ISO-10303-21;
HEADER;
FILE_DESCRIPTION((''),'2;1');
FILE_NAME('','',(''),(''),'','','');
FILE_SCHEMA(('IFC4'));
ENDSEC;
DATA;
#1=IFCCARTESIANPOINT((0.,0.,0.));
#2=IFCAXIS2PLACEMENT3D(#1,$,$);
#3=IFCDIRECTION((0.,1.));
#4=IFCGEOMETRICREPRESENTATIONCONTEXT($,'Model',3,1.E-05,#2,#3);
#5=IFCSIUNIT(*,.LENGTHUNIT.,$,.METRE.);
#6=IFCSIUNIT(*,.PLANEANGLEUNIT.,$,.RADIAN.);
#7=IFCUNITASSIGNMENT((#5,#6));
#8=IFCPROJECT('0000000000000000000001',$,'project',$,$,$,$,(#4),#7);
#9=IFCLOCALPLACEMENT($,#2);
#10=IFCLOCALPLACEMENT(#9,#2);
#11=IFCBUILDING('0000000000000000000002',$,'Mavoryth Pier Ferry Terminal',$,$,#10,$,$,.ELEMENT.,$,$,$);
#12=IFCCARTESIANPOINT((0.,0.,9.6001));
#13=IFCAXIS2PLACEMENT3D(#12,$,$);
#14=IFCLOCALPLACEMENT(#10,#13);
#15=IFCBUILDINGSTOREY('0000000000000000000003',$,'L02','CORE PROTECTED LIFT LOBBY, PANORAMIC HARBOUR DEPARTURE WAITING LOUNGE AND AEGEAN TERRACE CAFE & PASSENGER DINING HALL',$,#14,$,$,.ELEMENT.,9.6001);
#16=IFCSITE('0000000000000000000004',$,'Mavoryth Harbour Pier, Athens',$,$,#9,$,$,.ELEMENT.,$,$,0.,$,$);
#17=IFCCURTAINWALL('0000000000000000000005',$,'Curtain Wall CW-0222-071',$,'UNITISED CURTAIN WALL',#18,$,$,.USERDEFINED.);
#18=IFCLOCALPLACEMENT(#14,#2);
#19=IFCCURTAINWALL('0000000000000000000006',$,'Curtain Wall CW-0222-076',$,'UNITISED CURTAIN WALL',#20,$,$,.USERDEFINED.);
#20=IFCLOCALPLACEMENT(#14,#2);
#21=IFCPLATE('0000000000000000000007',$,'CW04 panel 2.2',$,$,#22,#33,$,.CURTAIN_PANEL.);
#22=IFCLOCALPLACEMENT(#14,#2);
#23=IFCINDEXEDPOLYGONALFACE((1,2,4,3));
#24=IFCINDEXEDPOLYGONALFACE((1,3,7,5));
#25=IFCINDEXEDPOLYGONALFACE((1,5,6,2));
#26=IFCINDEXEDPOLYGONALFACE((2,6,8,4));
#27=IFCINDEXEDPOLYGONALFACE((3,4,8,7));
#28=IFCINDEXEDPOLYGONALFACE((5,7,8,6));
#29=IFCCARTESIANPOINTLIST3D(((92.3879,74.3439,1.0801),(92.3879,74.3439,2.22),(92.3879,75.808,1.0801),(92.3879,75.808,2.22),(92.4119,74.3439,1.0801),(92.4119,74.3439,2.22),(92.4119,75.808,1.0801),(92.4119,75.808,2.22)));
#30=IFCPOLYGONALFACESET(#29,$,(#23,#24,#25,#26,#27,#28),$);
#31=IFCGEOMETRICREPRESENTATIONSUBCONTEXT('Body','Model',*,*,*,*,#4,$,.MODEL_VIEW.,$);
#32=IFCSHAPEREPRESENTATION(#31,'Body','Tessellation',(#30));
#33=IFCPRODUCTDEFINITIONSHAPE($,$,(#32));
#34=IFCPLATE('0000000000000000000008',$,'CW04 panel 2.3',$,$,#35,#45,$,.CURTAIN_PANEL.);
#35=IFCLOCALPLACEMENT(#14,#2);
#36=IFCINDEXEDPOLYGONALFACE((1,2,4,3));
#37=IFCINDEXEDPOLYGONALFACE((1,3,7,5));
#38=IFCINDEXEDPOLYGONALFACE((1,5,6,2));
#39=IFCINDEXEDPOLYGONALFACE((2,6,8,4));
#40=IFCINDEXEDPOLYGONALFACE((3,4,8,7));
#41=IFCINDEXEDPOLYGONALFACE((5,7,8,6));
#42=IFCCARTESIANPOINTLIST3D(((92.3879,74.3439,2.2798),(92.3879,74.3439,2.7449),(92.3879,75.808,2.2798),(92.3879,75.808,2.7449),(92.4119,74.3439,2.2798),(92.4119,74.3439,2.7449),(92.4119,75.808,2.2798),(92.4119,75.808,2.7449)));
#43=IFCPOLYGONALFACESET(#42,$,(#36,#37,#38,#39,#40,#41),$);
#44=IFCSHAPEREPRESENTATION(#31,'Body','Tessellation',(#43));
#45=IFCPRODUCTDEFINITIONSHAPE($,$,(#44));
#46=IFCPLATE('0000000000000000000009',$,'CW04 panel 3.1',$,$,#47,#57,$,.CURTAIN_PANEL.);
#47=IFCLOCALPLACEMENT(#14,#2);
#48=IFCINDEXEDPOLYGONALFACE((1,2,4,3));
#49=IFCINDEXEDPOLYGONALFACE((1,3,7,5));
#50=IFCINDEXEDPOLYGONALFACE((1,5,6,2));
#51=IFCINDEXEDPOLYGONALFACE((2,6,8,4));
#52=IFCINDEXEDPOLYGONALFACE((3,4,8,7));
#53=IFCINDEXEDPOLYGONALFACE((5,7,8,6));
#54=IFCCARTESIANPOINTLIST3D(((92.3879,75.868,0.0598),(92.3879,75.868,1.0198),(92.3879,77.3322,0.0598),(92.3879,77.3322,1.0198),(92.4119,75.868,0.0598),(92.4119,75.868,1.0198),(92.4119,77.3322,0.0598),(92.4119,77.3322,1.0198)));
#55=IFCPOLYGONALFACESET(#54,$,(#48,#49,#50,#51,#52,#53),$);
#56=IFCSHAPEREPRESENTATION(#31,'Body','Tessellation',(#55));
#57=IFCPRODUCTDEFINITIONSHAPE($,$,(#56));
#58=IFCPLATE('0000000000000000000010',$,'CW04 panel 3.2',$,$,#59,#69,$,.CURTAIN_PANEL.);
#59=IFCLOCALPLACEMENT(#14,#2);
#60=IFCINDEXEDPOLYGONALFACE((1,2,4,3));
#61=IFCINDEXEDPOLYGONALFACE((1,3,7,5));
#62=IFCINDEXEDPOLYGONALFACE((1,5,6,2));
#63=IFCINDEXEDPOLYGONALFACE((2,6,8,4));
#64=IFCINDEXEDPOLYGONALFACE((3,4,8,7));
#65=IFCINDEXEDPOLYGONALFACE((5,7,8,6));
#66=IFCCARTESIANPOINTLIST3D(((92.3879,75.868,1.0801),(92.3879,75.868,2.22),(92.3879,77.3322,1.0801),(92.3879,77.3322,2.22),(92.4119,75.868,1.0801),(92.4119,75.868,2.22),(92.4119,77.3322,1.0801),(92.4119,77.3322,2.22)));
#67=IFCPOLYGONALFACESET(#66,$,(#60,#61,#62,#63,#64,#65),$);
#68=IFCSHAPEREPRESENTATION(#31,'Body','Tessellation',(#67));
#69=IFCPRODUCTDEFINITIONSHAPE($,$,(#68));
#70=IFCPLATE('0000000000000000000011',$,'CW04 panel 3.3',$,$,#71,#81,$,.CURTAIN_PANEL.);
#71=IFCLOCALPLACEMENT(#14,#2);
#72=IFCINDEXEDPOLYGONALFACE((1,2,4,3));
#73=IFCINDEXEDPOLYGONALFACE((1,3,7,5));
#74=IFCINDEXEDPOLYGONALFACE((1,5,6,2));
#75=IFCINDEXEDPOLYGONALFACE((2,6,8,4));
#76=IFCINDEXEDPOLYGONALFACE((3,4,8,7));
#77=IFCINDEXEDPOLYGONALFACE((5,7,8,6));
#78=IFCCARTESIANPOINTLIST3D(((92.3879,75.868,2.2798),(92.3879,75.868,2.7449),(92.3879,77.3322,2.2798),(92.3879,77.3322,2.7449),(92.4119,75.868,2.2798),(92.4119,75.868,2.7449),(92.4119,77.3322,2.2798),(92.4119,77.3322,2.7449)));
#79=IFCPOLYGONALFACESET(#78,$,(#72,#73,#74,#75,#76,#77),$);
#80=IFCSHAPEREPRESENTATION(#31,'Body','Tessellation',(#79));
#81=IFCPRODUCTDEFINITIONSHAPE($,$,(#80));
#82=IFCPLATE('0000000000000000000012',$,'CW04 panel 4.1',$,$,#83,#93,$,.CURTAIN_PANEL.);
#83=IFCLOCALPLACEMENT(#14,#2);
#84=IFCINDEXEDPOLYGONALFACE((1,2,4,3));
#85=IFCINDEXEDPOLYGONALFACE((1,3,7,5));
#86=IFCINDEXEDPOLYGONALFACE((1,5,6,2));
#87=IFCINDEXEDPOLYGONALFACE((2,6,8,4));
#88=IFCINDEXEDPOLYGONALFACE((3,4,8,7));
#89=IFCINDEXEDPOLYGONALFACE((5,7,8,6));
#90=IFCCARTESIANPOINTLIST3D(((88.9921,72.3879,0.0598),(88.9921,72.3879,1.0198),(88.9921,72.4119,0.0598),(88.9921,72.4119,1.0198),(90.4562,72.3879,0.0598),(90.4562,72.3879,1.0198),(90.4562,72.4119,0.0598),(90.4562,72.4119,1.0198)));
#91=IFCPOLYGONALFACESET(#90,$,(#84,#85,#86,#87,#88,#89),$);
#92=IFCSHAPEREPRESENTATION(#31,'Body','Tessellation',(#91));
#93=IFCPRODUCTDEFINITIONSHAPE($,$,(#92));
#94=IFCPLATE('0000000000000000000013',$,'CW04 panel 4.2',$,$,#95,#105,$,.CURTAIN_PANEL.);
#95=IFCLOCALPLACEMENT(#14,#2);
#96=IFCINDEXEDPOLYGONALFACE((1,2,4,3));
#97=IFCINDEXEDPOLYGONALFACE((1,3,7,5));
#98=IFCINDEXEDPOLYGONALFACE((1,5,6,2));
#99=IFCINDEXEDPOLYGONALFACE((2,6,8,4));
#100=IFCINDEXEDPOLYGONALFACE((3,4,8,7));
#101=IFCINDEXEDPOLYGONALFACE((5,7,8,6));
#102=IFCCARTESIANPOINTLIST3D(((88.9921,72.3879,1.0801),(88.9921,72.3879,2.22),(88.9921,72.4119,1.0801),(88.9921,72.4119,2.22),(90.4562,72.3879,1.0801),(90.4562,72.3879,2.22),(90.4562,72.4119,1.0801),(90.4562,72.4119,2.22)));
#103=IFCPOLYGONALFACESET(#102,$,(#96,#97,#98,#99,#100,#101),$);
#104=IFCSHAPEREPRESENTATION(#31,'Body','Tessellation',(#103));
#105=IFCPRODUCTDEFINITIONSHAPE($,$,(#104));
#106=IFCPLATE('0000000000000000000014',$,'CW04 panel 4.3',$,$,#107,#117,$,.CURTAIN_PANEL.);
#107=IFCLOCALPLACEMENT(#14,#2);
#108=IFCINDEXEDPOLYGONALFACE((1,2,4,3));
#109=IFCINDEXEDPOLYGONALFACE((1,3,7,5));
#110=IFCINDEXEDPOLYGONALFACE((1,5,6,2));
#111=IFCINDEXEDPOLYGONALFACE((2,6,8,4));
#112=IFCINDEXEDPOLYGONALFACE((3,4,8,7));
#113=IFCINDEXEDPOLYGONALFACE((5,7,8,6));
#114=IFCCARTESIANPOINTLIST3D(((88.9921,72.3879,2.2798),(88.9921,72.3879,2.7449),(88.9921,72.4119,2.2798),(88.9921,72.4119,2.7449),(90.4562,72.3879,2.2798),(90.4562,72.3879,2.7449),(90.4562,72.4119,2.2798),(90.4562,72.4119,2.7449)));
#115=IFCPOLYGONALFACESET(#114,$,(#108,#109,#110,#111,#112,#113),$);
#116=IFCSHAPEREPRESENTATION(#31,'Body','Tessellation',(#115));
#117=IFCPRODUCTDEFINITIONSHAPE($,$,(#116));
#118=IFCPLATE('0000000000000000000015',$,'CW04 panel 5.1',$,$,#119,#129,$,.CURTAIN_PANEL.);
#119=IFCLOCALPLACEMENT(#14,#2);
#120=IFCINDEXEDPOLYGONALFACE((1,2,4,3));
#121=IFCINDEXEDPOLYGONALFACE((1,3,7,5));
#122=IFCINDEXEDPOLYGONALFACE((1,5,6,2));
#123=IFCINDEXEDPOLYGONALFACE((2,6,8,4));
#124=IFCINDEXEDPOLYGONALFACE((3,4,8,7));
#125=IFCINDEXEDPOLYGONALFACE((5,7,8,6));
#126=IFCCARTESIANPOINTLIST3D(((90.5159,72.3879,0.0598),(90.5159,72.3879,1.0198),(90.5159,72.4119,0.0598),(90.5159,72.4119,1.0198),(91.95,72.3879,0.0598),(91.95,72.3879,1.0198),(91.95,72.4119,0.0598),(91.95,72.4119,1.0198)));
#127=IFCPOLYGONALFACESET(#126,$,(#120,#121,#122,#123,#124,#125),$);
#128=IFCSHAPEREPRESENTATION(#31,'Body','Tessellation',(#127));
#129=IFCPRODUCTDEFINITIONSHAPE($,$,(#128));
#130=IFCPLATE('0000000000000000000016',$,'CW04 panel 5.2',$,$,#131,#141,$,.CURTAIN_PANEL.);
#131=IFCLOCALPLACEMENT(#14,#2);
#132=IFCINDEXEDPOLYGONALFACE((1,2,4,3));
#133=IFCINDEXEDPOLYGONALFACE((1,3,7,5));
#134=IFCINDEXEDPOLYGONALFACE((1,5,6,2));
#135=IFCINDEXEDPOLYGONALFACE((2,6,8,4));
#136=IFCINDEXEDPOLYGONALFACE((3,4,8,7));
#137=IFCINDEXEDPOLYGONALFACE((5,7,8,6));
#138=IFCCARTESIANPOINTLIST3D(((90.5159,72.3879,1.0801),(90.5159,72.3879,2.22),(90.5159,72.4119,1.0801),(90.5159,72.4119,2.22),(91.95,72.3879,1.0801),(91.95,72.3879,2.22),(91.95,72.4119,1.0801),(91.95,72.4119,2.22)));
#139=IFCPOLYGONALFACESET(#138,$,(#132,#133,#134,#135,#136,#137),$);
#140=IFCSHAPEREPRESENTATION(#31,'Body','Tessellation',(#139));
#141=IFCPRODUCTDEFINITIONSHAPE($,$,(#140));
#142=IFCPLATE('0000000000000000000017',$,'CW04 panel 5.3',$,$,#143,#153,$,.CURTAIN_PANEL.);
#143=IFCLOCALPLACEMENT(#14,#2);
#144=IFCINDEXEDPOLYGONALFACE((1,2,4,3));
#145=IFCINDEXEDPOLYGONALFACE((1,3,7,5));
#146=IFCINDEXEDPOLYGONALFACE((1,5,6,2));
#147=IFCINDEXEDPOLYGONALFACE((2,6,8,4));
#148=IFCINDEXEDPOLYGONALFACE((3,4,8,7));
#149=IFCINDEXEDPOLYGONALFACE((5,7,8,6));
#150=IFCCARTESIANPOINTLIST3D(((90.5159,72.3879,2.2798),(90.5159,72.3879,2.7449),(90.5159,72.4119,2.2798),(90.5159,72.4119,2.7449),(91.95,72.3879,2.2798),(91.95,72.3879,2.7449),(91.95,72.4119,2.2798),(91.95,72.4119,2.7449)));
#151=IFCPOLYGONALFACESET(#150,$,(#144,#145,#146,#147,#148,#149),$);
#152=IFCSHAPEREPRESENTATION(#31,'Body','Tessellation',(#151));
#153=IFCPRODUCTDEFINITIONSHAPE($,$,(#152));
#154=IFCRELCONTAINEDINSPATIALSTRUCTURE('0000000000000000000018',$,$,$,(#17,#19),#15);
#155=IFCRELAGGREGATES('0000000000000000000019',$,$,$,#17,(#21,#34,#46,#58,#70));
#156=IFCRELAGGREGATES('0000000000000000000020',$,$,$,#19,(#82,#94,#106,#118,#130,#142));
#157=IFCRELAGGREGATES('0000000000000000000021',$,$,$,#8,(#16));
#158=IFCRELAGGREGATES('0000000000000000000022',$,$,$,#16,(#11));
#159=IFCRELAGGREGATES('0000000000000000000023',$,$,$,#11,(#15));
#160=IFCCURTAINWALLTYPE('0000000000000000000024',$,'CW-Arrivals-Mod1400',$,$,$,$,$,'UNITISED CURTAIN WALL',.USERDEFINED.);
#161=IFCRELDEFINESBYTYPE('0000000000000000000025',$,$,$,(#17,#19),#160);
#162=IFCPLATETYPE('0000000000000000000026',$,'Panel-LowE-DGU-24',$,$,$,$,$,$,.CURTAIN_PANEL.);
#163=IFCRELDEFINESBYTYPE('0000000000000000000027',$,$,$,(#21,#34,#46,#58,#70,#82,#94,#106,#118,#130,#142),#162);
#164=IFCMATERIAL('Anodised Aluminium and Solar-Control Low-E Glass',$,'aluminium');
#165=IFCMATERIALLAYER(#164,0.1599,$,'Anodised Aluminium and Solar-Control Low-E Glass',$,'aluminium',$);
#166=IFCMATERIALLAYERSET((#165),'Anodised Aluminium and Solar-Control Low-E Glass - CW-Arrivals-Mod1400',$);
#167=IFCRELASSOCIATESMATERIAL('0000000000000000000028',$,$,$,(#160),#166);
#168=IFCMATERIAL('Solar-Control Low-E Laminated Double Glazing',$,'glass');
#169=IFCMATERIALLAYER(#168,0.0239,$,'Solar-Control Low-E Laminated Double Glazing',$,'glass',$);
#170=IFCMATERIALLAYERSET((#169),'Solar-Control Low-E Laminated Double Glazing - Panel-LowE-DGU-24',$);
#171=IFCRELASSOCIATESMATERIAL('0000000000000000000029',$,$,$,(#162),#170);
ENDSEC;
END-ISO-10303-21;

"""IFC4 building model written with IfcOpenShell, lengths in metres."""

from ifc_helpers import new_model, si_unit, direction, frame, origin, origin_2d, place, context, subcontext, project, spatial, rectangle, extrude, material, layer, layer_set, type_object, element, aggregate, save


model = new_model("IFC4")

# Units and contexts
model_context = context("Model", 3, precision=1e-05, world=origin(), true_north=direction((0.0, 1.0)))
body_context = subcontext(model_context, "Body", "Model", "MODEL_VIEW")
ifc_project = project(units=[si_unit("LENGTHUNIT", "METRE"), si_unit("PLANEANGLEUNIT", "RADIAN")], contexts=[model_context])

# Site, building, storey
site_placement = place(None, origin())
site = spatial("IfcSite", under=ifc_project, at=site_placement, Name="Mavoryth Harbour Pier, Athens", CompositionType="ELEMENT", RefElevation=0.0)
building_placement = place(site_placement, origin())
building = spatial("IfcBuilding", under=site, at=building_placement, Name="Mavoryth Pier Ferry Terminal", CompositionType="ELEMENT")
storey_placement = place(building_placement, frame((0.0, 0.0, 9.6001)))
storey = spatial("IfcBuildingStorey", under=building, at=storey_placement, Name="L02", Description="CORE PROTECTED LIFT LOBBY, PANORAMIC HARBOUR DEPARTURE WAITING LOUNGE AND AEGEAN TERRACE CAFE & PASSENGER DINING HALL", CompositionType="ELEMENT", Elevation=9.6001)

# Curtain walls
ifc_material_1 = material(Name="Anodised Aluminium and Solar-Control Low-E Glass", Category="aluminium")
ifc_layer_1 = layer(ifc_material_1, 0.1599, Name="Anodised Aluminium and Solar-Control Low-E Glass", Category="aluminium")
ifc_layer_set_1 = layer_set([ifc_layer_1], Name="Anodised Aluminium and Solar-Control Low-E Glass - CW-Arrivals-Mod1400")
curtain_wall_type = type_object("IfcCurtainWallType", Name="CW-Arrivals-Mod1400", ElementType="UNITISED CURTAIN WALL", PredefinedType="USERDEFINED", material=ifc_layer_set_1)
curtain_wall_1_placement = place(storey_placement, origin())
curtain_wall_1 = element("IfcCurtainWall", 1, at=curtain_wall_1_placement, inside=storey, type_object=curtain_wall_type, Name="Curtain Wall CW-0222-071", ObjectType="UNITISED CURTAIN WALL", PredefinedType="USERDEFINED")
curtain_wall_2_placement = place(storey_placement, origin())
curtain_wall_2 = element("IfcCurtainWall", 2, at=curtain_wall_2_placement, inside=storey, type_object=curtain_wall_type, Name="Curtain Wall CW-0222-076", ObjectType="UNITISED CURTAIN WALL", PredefinedType="USERDEFINED")

# Plates
ifc_material_2 = material(Name="Solar-Control Low-E Laminated Double Glazing", Category="glass")
ifc_layer_2 = layer(ifc_material_2, 0.0239, Name="Solar-Control Low-E Laminated Double Glazing", Category="glass")
ifc_layer_set_2 = layer_set([ifc_layer_2], Name="Solar-Control Low-E Laminated Double Glazing - Panel-LowE-DGU-24")
plate_type = type_object("IfcPlateType", Name="Panel-LowE-DGU-24", PredefinedType="CURTAIN_PANEL", material=ifc_layer_set_2)
plate_1_placement = place(storey_placement, frame((92.3999, 75.0759, 1.0801), z_axis=(0.0, 0.0, 1.0), x_axis=(0.0, 1.0, 0.0)))
plate_1 = element("IfcPlate", 3, at=plate_1_placement, type_object=plate_type, Name="CW04 panel 2.2", PredefinedType="CURTAIN_PANEL", context=body_context, shape_type="SweptSolid", body=[
    extrude(rectangle(XDim=1.4641, YDim=0.0239, at=origin_2d()), origin(), (0.0, 0.0, 1.0), 1.1399),
])
plate_2_placement = place(storey_placement, frame((92.3999, 75.0759, 2.2798), z_axis=(0.0, 0.0, 1.0), x_axis=(0.0, 1.0, 0.0)))
plate_2 = element("IfcPlate", 4, at=plate_2_placement, type_object=plate_type, Name="CW04 panel 2.3", PredefinedType="CURTAIN_PANEL", context=body_context, shape_type="SweptSolid", body=[
    extrude(rectangle(XDim=1.4641, YDim=0.0239, at=origin_2d()), origin(), (0.0, 0.0, 1.0), 0.4651),
])
plate_3_placement = place(storey_placement, frame((92.3999, 76.6001, 0.0598), z_axis=(0.0, 0.0, 1.0), x_axis=(0.0, 1.0, 0.0)))
plate_3 = element("IfcPlate", 5, at=plate_3_placement, type_object=plate_type, Name="CW04 panel 3.1", PredefinedType="CURTAIN_PANEL", context=body_context, shape_type="SweptSolid", body=[
    extrude(rectangle(XDim=1.4641, YDim=0.0239, at=origin_2d()), origin(), (0.0, 0.0, 1.0), 0.96),
])
plate_4_placement = place(storey_placement, frame((92.3999, 76.6001, 1.0801), z_axis=(0.0, 0.0, 1.0), x_axis=(0.0, 1.0, 0.0)))
plate_4 = element("IfcPlate", 6, at=plate_4_placement, type_object=plate_type, Name="CW04 panel 3.2", PredefinedType="CURTAIN_PANEL", context=body_context, shape_type="SweptSolid", body=[
    extrude(rectangle(XDim=1.4641, YDim=0.0239, at=origin_2d()), origin(), (0.0, 0.0, 1.0), 1.1399),
])
plate_5_placement = place(storey_placement, frame((92.3999, 76.6001, 2.2798), z_axis=(0.0, 0.0, 1.0), x_axis=(0.0, 1.0, 0.0)))
plate_5 = element("IfcPlate", 7, at=plate_5_placement, type_object=plate_type, Name="CW04 panel 3.3", PredefinedType="CURTAIN_PANEL", context=body_context, shape_type="SweptSolid", body=[
    extrude(rectangle(XDim=1.4641, YDim=0.0239, at=origin_2d()), origin(), (0.0, 0.0, 1.0), 0.4651),
])
aggregate(curtain_wall_1, [plate_1, plate_2, plate_3, plate_4, plate_5])
plate_6_placement = place(storey_placement, frame((89.7241, 72.3999, 0.0598), z_axis=(0.0, 0.0, 1.0), x_axis=(1.0, 0.0, 0.0)))
plate_6 = element("IfcPlate", 8, at=plate_6_placement, type_object=plate_type, Name="CW04 panel 4.1", PredefinedType="CURTAIN_PANEL", context=body_context, shape_type="SweptSolid", body=[
    extrude(rectangle(XDim=1.4641, YDim=0.0239, at=origin_2d()), origin(), (0.0, 0.0, 1.0), 0.96),
])
plate_7_placement = place(storey_placement, frame((89.7241, 72.3999, 1.0801), z_axis=(0.0, 0.0, 1.0), x_axis=(1.0, 0.0, 0.0)))
plate_7 = element("IfcPlate", 9, at=plate_7_placement, type_object=plate_type, Name="CW04 panel 4.2", PredefinedType="CURTAIN_PANEL", context=body_context, shape_type="SweptSolid", body=[
    extrude(rectangle(XDim=1.4641, YDim=0.0239, at=origin_2d()), origin(), (0.0, 0.0, 1.0), 1.1399),
])
plate_8_placement = place(storey_placement, frame((89.7241, 72.3999, 2.2798), z_axis=(0.0, 0.0, 1.0), x_axis=(1.0, 0.0, 0.0)))
plate_8 = element("IfcPlate", 10, at=plate_8_placement, type_object=plate_type, Name="CW04 panel 4.3", PredefinedType="CURTAIN_PANEL", context=body_context, shape_type="SweptSolid", body=[
    extrude(rectangle(XDim=1.4641, YDim=0.0239, at=origin_2d()), origin(), (0.0, 0.0, 1.0), 0.4651),
])
plate_9_placement = place(storey_placement, frame((91.2329, 72.3999, 0.0598), z_axis=(0.0, 0.0, 1.0), x_axis=(1.0, 0.0, 0.0)))
plate_9 = element("IfcPlate", 11, at=plate_9_placement, type_object=plate_type, Name="CW04 panel 5.1", PredefinedType="CURTAIN_PANEL", context=body_context, shape_type="SweptSolid", body=[
    extrude(rectangle(XDim=1.4341, YDim=0.0239, at=origin_2d()), origin(), (0.0, 0.0, 1.0), 0.96),
])
plate_10_placement = place(storey_placement, frame((91.2329, 72.3999, 1.0801), z_axis=(0.0, 0.0, 1.0), x_axis=(1.0, 0.0, 0.0)))
plate_10 = element("IfcPlate", 12, at=plate_10_placement, type_object=plate_type, Name="CW04 panel 5.2", PredefinedType="CURTAIN_PANEL", context=body_context, shape_type="SweptSolid", body=[
    extrude(rectangle(XDim=1.4341, YDim=0.0239, at=origin_2d()), origin(), (0.0, 0.0, 1.0), 1.1399),
])
plate_11_placement = place(storey_placement, frame((91.2329, 72.3999, 2.2798), z_axis=(0.0, 0.0, 1.0), x_axis=(1.0, 0.0, 0.0)))
plate_11 = element("IfcPlate", 13, at=plate_11_placement, type_object=plate_type, Name="CW04 panel 5.3", PredefinedType="CURTAIN_PANEL", context=body_context, shape_type="SweptSolid", body=[
    extrude(rectangle(XDim=1.4341, YDim=0.0239, at=origin_2d()), origin(), (0.0, 0.0, 1.0), 0.4651),
])
aggregate(curtain_wall_2, [plate_6, plate_7, plate_8, plate_9, plate_10, plate_11])

save(model, "model.ifc")
